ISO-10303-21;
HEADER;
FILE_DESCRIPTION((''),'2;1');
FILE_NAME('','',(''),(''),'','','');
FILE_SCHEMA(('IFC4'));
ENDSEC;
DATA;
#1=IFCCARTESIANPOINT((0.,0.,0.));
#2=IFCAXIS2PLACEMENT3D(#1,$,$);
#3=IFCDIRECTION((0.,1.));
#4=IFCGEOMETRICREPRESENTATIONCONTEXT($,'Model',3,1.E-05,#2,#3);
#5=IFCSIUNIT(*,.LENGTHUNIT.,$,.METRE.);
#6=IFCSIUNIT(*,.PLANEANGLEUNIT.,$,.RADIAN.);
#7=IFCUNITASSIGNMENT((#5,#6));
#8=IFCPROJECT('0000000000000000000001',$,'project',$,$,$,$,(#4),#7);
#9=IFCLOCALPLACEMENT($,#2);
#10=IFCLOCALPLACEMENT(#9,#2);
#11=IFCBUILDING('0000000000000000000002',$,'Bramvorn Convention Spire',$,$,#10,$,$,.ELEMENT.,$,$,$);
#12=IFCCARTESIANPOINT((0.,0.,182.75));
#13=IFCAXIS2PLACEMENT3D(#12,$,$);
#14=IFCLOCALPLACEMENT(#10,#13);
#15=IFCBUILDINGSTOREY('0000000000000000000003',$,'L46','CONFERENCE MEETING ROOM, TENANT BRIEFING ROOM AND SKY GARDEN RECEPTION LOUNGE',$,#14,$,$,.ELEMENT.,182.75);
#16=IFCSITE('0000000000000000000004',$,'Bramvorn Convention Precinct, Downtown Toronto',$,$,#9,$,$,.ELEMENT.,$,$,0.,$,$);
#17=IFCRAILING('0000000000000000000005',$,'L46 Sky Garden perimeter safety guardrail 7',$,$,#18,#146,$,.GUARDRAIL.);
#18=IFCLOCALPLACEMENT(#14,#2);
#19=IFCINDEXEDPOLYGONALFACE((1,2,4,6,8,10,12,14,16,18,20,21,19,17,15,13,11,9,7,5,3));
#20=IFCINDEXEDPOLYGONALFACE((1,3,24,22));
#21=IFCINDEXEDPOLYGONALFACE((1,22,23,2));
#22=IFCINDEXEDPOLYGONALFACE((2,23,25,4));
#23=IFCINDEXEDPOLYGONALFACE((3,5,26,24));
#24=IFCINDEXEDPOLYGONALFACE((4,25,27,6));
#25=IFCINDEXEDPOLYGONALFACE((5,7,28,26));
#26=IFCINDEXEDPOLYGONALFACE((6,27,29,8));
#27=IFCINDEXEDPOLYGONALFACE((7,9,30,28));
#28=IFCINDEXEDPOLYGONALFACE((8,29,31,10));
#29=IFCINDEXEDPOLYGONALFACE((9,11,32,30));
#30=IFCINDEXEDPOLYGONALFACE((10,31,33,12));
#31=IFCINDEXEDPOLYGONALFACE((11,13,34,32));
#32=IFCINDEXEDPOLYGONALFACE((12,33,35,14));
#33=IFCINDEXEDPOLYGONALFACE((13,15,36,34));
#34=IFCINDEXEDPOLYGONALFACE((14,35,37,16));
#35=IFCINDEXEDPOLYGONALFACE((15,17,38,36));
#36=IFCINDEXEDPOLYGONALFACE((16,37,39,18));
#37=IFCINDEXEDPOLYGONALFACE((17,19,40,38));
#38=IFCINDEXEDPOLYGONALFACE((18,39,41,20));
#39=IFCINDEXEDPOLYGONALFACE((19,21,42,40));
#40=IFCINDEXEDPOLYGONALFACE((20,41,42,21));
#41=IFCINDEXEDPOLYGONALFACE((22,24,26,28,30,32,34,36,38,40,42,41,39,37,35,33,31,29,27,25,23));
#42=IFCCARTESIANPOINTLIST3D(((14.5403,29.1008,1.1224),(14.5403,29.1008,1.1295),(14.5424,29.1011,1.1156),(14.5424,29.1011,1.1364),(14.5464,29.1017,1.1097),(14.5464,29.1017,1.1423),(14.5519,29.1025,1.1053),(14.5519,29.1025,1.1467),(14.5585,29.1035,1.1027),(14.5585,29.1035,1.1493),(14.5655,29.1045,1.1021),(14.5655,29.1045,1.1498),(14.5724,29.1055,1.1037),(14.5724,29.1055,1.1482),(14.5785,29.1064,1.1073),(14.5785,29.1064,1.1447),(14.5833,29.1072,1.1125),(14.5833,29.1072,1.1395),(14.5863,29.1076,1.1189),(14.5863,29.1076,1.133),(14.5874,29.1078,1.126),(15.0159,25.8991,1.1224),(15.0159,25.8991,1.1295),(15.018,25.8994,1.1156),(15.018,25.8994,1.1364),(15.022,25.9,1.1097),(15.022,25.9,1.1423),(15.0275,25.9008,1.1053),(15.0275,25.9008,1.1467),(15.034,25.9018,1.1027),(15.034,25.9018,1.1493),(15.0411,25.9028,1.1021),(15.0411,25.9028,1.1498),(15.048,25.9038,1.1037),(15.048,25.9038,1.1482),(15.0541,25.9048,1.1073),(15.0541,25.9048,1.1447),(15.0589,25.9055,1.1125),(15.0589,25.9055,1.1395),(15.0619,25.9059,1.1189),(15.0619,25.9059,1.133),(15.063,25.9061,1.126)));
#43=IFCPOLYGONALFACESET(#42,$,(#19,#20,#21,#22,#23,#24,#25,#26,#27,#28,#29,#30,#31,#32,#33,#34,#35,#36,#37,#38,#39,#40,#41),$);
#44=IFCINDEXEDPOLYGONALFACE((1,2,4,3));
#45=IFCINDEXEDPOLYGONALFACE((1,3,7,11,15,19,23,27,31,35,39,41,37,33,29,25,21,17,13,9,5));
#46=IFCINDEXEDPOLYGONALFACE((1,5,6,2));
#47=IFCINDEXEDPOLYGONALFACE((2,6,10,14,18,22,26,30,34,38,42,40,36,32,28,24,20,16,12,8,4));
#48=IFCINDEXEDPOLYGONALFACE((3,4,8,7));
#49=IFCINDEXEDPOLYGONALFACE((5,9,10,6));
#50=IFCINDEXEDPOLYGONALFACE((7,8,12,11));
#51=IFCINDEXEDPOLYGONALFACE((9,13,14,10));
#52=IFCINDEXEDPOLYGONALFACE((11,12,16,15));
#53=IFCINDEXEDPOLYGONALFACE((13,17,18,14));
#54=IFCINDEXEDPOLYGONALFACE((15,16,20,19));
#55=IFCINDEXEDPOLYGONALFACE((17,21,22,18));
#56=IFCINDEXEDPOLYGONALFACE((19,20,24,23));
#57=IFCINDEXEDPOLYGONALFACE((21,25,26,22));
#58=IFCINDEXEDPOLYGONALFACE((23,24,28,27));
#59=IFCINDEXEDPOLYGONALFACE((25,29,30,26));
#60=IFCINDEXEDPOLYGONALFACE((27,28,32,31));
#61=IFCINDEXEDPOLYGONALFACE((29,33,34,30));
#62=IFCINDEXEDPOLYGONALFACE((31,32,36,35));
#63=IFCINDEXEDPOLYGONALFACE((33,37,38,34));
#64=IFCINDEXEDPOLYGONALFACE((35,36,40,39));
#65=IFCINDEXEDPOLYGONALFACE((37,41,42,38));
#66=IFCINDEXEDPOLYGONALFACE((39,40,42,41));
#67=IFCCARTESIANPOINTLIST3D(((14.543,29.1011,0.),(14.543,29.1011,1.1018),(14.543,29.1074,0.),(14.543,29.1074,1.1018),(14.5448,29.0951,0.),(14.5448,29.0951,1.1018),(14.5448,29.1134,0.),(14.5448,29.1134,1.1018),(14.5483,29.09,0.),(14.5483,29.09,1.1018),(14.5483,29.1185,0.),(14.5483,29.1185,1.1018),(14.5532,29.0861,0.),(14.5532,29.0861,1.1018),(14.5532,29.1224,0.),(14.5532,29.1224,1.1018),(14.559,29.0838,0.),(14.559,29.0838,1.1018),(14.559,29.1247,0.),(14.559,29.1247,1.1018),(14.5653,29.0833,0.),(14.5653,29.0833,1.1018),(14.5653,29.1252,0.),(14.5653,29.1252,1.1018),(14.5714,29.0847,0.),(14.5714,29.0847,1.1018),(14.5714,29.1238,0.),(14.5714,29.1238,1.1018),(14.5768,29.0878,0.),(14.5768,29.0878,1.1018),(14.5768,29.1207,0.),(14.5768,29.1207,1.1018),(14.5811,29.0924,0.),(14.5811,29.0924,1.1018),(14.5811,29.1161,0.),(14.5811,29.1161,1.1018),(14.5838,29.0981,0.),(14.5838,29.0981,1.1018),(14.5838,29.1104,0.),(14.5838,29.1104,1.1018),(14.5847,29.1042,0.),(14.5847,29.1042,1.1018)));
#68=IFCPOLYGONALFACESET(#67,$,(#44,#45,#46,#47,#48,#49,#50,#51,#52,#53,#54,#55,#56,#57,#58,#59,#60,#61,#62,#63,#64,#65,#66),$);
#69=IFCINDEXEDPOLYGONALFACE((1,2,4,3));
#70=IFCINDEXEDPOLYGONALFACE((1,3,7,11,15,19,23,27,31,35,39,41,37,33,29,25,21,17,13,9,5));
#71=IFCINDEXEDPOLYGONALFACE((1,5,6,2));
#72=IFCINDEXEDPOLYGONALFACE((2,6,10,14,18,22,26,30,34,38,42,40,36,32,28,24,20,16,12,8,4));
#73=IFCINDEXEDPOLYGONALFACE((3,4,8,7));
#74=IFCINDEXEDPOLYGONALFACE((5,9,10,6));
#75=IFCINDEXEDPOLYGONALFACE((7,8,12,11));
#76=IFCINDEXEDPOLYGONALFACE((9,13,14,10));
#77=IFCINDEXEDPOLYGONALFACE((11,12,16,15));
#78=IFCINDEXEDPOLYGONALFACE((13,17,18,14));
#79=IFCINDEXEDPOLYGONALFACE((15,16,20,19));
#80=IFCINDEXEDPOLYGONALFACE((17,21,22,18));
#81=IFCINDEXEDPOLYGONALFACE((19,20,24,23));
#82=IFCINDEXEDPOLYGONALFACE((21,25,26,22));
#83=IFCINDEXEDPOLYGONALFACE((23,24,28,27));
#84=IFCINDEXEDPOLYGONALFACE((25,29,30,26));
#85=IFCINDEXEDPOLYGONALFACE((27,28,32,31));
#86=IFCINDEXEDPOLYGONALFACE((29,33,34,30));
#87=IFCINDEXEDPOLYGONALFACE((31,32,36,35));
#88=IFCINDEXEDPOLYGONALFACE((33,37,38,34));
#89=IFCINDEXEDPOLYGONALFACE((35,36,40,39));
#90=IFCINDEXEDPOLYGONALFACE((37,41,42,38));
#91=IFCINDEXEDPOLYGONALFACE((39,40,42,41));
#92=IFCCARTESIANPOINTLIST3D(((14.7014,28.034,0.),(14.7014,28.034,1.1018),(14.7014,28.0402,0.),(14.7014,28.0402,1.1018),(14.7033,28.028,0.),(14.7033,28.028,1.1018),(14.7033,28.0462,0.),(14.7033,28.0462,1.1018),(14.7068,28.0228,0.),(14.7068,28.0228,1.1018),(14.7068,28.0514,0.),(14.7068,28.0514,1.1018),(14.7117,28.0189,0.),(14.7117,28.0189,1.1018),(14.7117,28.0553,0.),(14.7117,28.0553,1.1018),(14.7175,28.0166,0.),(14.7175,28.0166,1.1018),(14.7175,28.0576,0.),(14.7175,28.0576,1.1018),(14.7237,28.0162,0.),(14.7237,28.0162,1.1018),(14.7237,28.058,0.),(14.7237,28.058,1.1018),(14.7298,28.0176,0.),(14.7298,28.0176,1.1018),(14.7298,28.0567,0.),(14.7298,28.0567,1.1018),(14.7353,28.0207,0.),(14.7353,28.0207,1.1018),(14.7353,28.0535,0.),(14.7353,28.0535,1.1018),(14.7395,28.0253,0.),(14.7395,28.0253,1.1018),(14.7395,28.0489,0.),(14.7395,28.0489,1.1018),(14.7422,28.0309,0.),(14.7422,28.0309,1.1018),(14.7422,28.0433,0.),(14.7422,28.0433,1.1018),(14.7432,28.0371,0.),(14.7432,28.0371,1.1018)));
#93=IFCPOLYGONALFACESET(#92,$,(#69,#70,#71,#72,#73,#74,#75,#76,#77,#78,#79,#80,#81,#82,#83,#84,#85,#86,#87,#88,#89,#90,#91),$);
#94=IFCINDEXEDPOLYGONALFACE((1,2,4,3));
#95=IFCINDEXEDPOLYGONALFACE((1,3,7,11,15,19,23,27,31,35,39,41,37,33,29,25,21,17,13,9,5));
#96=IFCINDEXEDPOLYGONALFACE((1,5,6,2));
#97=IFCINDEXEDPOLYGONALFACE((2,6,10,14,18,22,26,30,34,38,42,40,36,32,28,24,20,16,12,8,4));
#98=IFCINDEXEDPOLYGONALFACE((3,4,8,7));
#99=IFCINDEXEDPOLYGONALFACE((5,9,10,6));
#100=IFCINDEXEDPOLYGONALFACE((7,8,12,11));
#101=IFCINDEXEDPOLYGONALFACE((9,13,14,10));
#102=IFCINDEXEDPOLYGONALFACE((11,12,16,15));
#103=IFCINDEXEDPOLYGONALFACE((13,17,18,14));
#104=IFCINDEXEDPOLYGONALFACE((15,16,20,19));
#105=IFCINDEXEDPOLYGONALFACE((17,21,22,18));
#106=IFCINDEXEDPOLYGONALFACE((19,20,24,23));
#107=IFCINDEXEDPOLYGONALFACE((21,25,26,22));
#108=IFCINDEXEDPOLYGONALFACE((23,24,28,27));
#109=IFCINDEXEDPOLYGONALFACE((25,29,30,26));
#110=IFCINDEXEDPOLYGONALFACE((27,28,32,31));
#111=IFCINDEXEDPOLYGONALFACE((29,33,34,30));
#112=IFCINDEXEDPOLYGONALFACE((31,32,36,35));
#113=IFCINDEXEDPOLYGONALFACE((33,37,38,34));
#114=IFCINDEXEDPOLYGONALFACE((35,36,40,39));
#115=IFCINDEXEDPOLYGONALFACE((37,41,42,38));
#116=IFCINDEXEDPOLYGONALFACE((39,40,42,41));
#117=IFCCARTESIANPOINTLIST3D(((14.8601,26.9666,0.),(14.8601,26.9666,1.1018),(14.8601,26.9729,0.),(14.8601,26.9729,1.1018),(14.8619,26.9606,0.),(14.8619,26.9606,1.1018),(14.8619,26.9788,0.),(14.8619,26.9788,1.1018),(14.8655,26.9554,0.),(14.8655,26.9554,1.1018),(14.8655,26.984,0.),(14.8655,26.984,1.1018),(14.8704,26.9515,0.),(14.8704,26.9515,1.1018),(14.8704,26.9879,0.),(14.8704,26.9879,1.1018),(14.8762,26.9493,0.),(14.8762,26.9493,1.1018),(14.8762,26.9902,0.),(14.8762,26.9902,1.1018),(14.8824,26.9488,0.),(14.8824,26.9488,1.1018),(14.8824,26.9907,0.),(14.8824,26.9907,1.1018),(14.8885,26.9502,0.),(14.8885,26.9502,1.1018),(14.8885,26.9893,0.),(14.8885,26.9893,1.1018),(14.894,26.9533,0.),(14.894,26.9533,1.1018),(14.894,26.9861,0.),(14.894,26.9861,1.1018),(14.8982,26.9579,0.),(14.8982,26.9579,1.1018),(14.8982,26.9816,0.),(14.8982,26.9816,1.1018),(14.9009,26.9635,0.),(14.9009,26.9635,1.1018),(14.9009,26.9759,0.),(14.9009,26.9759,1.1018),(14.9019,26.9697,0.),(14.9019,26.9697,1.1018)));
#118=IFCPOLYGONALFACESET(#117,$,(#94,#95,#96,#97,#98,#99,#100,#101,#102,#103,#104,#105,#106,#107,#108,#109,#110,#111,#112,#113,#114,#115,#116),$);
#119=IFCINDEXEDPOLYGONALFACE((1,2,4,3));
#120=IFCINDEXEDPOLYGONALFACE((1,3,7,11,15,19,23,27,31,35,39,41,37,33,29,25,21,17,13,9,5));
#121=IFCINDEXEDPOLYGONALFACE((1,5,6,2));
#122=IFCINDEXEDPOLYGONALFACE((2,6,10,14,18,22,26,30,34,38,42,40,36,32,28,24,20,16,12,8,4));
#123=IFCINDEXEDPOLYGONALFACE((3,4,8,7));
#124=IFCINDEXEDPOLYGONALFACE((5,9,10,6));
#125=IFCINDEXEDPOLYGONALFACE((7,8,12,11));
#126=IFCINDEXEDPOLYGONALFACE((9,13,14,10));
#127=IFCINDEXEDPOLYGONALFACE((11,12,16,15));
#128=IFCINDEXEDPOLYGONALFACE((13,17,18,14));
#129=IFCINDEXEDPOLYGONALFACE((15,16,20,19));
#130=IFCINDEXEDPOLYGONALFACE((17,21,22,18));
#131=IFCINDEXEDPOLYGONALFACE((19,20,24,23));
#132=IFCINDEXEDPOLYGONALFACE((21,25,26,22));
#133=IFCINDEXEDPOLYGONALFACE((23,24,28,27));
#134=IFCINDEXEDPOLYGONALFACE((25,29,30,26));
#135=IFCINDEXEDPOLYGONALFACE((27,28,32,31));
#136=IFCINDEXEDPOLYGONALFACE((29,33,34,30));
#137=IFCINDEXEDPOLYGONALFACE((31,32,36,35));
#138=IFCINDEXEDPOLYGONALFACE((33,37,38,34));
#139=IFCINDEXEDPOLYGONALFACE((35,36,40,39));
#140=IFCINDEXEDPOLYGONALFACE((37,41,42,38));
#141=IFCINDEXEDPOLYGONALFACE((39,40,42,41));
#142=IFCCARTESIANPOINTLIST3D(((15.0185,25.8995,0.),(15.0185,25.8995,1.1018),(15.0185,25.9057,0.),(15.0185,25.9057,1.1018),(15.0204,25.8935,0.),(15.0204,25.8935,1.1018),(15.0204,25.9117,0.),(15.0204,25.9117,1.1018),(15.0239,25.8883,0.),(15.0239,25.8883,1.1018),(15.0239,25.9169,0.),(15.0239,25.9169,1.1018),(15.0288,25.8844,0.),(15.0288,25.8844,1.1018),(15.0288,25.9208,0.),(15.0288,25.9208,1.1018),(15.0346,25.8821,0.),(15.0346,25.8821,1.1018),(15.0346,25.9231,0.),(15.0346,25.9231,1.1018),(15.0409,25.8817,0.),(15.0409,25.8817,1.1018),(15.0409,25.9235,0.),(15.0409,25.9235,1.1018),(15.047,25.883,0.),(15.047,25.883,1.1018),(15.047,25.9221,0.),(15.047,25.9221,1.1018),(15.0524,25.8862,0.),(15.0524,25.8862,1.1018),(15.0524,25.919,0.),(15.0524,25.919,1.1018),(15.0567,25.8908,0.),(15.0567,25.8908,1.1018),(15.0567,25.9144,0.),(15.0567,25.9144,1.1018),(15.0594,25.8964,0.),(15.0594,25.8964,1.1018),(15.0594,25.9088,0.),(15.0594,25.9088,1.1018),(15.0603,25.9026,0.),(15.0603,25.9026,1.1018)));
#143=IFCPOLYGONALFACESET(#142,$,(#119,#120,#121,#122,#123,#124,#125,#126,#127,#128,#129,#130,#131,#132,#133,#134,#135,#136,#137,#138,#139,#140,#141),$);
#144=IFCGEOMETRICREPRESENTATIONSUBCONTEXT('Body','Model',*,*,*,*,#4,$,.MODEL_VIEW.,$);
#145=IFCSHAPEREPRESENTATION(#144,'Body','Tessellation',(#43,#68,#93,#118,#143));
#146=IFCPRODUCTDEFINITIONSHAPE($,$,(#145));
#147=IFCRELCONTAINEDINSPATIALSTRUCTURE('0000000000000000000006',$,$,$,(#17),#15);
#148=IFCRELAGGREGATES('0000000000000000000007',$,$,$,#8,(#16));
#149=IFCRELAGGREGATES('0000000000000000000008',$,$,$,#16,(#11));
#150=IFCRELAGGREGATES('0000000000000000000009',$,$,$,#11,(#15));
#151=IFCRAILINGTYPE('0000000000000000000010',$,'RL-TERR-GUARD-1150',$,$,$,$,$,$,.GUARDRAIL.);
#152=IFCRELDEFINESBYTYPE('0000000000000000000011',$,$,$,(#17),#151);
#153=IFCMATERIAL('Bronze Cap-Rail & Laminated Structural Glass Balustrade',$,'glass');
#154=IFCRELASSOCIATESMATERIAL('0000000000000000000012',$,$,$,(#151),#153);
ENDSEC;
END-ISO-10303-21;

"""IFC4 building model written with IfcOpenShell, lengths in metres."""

from ifc_helpers import new_model, si_unit, direction, frame, origin, origin_2d, place, context, subcontext, project, spatial, circle, extrude, material, type_object, element, save


model = new_model("IFC4")

# Units and contexts
model_context = context("Model", 3, precision=1e-05, world=origin(), true_north=direction((0.0, 1.0)))
body_context = subcontext(model_context, "Body", "Model", "MODEL_VIEW")
ifc_project = project(units=[si_unit("LENGTHUNIT", "METRE"), si_unit("PLANEANGLEUNIT", "RADIAN")], contexts=[model_context])

# Site, building, storey
site_placement = place(None, origin())
site = spatial("IfcSite", under=ifc_project, at=site_placement, Name="Bramvorn Convention Precinct, Downtown Toronto", CompositionType="ELEMENT", RefElevation=0.0)
building_placement = place(site_placement, origin())
building = spatial("IfcBuilding", under=site, at=building_placement, Name="Bramvorn Convention Spire", CompositionType="ELEMENT")
storey_placement = place(building_placement, frame((0.0, 0.0, 182.75)))
storey = spatial("IfcBuildingStorey", under=building, at=storey_placement, Name="L46", Description="CONFERENCE MEETING ROOM, TENANT BRIEFING ROOM AND SKY GARDEN RECEPTION LOUNGE", CompositionType="ELEMENT", Elevation=182.75)

# Railing
ifc_material_1 = material(Name="Bronze Cap-Rail & Laminated Structural Glass Balustrade", Category="glass")
railing_type = type_object("IfcRailingType", Name="RL-TERR-GUARD-1150", PredefinedType="GUARDRAIL", material=ifc_material_1)
railing_1_placement = place(storey_placement, frame((14.5637, 29.1042, 0.0)))
element("IfcRailing", 1, at=railing_1_placement, inside=storey, type_object=railing_type, Name="L46 Sky Garden perimeter safety guardrail 7", PredefinedType="GUARDRAIL", context=body_context, shape_type="SweptSolid", body=[
    extrude(circle(Radius=0.0239, at=origin_2d()), frame((0.0, 0.0, 1.126), z_axis=(0.146931, -0.989147, 0.0), x_axis=(0.989147, 0.146931, 0.0)), (0.0, 0.0, 1.0), 3.2368),
    extrude(circle(Radius=0.021, at=origin_2d()), origin(), (0.0, 0.0, 1.0), 1.1018),
    extrude(circle(Radius=0.021, at=origin_2d()), frame((0.1584, -1.0671, 0.0)), (0.0, 0.0, 1.0), 1.1018),
    extrude(circle(Radius=0.021, at=origin_2d()), frame((0.3171, -2.1345, 0.0)), (0.0, 0.0, 1.0), 1.1018),
    extrude(circle(Radius=0.021, at=origin_2d()), frame((0.4756, -3.2017, 0.0)), (0.0, 0.0, 1.0), 1.1018),
])

save(model, "model.ifc")
